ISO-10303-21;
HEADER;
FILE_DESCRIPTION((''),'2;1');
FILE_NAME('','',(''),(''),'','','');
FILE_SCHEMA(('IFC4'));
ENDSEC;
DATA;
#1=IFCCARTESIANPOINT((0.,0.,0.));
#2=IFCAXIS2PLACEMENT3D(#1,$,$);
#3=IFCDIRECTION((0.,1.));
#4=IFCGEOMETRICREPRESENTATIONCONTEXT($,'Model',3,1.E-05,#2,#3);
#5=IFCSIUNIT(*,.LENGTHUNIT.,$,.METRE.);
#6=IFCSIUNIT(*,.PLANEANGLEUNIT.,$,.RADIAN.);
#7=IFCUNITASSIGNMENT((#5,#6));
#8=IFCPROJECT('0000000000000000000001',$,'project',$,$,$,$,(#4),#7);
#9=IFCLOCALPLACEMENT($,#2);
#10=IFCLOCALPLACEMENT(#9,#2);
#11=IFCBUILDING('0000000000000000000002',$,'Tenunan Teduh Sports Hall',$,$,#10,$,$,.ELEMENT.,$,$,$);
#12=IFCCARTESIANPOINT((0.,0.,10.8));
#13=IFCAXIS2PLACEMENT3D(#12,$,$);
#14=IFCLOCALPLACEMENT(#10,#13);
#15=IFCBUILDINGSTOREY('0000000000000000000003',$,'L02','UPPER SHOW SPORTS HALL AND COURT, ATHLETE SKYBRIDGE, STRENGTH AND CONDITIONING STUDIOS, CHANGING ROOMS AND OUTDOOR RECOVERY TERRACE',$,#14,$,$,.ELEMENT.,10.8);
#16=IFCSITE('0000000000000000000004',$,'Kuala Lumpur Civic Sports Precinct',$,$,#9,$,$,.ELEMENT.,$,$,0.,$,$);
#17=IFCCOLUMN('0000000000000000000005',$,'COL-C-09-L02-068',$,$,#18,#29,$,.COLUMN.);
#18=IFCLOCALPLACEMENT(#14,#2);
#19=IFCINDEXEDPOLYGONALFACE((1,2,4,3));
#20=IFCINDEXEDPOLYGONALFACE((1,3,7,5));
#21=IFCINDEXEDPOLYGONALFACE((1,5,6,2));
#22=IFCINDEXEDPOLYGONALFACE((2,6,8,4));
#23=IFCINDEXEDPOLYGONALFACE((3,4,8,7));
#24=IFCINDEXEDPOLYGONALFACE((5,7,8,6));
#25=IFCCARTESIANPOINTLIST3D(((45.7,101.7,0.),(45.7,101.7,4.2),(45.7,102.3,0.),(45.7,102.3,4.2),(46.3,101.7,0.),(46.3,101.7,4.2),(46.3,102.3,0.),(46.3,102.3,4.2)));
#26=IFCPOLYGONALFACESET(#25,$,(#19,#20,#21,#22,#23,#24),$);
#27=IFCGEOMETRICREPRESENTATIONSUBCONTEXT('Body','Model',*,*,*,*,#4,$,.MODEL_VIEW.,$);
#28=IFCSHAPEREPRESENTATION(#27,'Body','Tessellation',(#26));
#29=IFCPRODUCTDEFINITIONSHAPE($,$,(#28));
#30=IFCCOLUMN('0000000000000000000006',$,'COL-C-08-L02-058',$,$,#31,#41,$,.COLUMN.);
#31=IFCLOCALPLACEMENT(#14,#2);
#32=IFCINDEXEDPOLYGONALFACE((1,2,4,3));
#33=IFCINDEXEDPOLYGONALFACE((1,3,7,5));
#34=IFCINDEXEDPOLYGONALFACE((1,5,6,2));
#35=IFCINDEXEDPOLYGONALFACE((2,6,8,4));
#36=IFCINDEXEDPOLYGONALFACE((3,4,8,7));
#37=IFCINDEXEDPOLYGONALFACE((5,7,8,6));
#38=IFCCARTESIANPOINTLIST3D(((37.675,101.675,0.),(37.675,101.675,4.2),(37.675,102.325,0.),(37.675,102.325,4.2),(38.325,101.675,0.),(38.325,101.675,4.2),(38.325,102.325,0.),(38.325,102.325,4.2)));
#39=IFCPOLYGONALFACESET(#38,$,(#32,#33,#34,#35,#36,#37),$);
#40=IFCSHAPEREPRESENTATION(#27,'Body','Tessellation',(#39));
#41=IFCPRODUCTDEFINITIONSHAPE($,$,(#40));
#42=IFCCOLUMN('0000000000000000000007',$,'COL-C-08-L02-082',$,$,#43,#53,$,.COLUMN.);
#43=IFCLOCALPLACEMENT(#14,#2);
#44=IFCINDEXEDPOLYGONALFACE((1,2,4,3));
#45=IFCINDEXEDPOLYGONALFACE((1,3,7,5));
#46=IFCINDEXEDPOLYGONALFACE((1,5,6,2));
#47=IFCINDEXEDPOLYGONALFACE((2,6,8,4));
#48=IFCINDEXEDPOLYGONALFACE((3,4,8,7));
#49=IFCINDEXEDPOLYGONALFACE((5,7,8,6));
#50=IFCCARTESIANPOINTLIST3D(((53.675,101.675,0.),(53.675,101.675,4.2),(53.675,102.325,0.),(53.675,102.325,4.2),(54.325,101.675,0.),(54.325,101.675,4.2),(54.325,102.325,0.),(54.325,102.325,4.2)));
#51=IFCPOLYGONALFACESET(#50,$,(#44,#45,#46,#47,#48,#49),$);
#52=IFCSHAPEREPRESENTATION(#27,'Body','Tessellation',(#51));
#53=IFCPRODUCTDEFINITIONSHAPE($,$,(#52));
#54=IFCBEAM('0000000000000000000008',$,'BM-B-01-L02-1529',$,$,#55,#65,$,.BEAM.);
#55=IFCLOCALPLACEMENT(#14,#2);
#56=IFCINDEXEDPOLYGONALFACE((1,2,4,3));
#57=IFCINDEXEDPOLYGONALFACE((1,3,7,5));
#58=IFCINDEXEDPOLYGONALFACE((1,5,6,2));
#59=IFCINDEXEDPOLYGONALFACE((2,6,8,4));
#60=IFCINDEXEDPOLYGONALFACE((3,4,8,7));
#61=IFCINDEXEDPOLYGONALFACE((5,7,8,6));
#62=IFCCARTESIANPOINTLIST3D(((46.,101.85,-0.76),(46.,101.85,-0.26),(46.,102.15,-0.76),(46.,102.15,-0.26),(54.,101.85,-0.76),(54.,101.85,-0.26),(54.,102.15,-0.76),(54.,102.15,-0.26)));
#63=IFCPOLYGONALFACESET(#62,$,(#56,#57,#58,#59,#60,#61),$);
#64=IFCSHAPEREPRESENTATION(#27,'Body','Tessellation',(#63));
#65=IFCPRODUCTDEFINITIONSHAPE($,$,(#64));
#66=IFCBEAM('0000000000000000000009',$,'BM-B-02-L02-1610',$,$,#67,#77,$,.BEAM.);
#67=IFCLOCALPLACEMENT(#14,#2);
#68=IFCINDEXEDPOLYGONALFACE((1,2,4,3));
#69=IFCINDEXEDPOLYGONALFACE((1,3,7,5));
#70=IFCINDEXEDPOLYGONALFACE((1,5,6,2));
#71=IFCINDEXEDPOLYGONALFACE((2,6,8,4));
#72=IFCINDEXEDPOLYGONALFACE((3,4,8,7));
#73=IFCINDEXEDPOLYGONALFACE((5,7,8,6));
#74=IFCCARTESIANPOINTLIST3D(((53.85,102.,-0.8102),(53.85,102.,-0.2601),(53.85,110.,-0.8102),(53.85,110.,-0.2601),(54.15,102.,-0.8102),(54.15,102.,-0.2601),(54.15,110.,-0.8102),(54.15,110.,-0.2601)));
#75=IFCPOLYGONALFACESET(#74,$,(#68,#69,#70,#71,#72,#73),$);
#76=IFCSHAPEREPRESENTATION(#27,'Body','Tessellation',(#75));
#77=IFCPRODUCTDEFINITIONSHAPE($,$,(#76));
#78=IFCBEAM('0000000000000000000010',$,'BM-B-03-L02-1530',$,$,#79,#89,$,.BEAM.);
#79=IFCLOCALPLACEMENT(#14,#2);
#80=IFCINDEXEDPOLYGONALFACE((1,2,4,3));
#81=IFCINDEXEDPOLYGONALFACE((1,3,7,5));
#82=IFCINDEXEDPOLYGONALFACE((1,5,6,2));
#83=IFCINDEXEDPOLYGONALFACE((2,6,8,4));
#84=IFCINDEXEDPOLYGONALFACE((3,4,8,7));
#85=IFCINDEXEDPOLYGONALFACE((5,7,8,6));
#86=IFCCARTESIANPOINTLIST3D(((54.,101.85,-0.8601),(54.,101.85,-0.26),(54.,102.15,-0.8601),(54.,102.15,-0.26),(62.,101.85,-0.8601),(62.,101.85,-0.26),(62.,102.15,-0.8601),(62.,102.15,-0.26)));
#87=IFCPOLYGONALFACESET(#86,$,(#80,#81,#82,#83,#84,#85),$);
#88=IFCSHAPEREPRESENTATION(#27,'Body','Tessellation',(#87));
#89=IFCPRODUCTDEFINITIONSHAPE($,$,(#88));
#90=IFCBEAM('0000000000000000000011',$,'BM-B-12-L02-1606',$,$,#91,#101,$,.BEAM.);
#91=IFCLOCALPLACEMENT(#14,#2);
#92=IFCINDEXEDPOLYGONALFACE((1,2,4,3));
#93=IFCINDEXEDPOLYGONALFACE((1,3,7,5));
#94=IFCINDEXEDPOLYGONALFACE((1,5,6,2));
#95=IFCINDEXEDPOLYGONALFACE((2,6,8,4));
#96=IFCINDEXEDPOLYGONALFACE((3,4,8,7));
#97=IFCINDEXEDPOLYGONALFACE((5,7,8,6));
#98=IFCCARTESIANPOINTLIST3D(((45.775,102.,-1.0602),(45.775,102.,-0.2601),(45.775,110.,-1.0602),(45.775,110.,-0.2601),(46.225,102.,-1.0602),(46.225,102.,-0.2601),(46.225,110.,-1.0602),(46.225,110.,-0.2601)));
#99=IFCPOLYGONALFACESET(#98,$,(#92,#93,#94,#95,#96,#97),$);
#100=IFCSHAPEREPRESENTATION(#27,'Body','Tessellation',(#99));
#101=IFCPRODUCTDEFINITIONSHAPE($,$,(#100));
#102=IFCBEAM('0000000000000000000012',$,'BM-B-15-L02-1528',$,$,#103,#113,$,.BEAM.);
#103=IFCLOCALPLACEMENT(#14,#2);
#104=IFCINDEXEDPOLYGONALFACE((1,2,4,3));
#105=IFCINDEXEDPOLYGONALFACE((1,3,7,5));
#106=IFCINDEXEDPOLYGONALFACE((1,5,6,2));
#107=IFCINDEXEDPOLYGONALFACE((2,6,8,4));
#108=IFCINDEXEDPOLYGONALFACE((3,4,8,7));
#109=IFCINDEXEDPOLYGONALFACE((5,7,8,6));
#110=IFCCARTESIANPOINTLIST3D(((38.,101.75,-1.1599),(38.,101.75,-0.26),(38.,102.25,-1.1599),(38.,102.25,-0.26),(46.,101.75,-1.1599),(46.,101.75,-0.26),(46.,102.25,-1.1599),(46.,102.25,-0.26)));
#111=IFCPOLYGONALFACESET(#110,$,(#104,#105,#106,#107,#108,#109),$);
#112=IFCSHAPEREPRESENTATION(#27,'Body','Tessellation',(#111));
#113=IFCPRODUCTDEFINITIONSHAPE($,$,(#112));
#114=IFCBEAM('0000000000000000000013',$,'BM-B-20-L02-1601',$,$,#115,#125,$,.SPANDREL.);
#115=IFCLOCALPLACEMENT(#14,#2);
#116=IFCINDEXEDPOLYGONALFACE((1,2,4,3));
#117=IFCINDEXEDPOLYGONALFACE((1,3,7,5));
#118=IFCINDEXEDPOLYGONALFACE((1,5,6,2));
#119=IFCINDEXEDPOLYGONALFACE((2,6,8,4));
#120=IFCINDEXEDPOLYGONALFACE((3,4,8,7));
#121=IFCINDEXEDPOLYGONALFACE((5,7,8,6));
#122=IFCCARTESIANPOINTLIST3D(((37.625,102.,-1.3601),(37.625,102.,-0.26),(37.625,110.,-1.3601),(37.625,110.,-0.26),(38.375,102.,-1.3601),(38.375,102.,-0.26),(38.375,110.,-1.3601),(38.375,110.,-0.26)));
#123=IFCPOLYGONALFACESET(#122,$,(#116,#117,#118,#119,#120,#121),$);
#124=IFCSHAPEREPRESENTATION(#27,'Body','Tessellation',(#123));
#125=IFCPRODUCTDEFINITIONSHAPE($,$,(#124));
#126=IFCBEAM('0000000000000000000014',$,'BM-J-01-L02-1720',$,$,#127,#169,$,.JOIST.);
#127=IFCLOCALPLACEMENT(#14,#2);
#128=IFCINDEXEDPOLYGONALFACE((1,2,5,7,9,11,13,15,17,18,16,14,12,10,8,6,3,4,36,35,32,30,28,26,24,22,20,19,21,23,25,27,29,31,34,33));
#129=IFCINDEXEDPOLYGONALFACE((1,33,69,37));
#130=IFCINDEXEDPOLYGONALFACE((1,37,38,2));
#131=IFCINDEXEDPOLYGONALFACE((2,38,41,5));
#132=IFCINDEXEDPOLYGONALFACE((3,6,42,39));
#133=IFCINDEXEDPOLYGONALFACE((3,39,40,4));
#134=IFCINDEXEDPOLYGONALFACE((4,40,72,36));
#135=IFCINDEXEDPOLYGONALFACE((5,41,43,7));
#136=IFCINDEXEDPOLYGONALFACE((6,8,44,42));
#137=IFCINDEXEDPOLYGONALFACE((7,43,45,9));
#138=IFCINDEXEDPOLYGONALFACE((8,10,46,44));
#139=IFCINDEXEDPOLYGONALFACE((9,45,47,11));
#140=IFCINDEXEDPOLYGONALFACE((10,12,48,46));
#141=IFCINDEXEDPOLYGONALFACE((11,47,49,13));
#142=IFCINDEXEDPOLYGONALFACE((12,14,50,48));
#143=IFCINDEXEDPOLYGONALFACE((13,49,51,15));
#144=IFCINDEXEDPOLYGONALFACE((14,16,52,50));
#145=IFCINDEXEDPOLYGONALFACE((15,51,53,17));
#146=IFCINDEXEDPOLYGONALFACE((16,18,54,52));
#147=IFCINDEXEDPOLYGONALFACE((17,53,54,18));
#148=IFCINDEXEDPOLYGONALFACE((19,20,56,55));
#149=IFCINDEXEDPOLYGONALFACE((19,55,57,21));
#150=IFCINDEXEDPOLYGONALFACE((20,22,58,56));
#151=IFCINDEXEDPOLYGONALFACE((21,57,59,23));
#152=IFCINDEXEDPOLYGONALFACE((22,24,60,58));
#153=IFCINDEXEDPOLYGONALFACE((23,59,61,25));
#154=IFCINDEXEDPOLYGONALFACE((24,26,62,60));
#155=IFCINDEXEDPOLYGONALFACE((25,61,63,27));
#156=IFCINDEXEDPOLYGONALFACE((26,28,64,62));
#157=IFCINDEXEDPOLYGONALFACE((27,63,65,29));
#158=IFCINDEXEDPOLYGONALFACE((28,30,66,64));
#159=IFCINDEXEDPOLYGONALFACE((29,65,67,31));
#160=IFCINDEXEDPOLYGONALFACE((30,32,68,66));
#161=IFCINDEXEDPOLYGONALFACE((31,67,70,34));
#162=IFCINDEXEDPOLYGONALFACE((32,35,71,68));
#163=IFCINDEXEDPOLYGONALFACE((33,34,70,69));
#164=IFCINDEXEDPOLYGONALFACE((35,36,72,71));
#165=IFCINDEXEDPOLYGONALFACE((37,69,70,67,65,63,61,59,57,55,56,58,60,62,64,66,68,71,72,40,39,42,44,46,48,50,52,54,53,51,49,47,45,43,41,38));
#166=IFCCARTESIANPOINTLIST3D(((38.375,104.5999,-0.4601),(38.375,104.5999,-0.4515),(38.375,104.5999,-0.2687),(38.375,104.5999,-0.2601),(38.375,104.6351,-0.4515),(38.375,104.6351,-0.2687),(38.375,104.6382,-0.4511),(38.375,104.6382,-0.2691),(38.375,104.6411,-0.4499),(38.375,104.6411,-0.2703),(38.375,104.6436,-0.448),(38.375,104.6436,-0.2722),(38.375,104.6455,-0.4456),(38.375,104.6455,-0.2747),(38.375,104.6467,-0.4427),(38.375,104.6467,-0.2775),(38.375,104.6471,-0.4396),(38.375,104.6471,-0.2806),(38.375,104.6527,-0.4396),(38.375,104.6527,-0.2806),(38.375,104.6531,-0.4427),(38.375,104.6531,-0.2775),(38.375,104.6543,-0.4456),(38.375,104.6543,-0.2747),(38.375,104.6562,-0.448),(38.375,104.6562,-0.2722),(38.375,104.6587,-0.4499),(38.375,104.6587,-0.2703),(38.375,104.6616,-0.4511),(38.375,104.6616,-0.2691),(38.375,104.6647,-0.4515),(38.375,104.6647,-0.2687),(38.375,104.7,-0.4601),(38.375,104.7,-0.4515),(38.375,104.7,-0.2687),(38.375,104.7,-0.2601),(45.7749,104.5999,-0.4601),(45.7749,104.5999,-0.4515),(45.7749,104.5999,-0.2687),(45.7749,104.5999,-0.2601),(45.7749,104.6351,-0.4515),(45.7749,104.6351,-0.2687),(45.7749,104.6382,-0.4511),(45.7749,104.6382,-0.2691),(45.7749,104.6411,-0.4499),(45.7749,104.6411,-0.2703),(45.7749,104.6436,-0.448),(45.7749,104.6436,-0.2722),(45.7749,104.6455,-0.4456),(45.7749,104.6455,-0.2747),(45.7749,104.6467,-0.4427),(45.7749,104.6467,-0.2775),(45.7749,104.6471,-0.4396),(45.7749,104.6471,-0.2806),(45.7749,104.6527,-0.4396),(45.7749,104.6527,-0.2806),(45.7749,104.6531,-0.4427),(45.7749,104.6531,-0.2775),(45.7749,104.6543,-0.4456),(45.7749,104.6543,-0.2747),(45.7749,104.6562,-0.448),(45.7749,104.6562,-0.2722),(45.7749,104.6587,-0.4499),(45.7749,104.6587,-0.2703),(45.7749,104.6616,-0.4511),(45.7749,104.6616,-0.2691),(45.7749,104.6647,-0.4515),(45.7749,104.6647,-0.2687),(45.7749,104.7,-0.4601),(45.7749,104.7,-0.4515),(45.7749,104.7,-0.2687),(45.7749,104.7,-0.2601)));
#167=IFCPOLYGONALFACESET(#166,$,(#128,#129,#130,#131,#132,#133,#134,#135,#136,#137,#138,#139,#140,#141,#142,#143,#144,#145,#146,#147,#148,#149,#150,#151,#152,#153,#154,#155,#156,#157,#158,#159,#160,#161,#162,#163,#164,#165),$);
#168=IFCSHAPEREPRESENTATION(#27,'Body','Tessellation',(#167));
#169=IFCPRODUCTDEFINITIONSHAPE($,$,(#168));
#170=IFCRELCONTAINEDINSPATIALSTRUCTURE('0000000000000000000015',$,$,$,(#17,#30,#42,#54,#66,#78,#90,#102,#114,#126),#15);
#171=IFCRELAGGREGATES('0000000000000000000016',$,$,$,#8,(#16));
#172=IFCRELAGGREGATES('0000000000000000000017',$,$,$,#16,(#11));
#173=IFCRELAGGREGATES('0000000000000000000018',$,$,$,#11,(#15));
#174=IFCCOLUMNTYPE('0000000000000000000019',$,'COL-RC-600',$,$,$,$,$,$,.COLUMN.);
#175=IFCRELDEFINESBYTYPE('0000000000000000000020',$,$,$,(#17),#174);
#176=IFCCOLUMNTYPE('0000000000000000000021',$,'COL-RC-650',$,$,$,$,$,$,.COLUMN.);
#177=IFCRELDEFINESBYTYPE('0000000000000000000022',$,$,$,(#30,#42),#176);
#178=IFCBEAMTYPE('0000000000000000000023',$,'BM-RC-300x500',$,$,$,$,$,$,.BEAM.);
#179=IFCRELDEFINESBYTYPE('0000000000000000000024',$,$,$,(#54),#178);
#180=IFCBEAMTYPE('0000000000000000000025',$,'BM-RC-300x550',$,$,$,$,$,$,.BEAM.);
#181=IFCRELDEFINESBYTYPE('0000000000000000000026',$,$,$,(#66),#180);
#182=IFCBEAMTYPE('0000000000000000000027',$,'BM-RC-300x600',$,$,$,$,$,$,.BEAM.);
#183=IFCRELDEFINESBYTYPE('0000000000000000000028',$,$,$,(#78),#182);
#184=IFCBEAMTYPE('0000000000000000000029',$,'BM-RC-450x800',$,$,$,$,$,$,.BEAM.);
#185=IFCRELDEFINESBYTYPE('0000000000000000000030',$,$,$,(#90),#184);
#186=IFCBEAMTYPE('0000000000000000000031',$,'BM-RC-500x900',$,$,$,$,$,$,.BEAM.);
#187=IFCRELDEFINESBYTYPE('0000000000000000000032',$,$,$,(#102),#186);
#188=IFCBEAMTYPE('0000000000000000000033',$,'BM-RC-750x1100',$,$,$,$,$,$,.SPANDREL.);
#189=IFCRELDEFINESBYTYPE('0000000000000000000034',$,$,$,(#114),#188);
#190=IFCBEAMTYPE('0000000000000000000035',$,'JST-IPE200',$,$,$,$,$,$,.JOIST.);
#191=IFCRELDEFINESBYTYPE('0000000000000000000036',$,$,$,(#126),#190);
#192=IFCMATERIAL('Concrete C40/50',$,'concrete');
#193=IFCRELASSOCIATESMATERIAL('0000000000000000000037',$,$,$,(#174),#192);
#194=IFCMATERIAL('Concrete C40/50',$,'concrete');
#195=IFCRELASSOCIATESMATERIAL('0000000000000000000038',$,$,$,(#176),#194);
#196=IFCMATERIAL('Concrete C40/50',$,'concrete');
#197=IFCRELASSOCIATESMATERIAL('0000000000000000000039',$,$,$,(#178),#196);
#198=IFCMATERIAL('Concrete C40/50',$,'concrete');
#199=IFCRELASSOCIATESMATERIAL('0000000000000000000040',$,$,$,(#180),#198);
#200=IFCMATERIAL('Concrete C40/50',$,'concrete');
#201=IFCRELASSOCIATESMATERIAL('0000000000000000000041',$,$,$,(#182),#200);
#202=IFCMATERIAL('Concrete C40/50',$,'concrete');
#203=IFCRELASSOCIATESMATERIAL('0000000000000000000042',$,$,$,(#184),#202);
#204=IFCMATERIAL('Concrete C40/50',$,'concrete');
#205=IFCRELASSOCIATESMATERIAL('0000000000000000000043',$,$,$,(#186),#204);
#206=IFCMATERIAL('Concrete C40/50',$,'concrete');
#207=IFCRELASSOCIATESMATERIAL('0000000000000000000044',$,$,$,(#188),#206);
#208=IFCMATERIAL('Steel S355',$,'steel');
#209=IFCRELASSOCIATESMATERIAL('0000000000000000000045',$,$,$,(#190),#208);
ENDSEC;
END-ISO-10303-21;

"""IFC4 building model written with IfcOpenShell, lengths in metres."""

from ifc_helpers import new_model, si_unit, direction, frame, origin, origin_2d, place, context, subcontext, project, spatial, rectangle, i_section, extrude, material, material_profile, profile_set, type_object, element, save


model = new_model("IFC4")

# Units and contexts
model_context = context("Model", 3, precision=1e-05, world=origin(), true_north=direction((0.0, 1.0)))
body_context = subcontext(model_context, "Body", "Model", "MODEL_VIEW")
ifc_project = project(units=[si_unit("LENGTHUNIT", "METRE"), si_unit("PLANEANGLEUNIT", "RADIAN")], contexts=[model_context])

# Site, building, storey
site_placement = place(None, origin())
site = spatial("IfcSite", under=ifc_project, at=site_placement, Name="Kuala Lumpur Civic Sports Precinct", CompositionType="ELEMENT", RefElevation=0.0)
building_placement = place(site_placement, origin())
building = spatial("IfcBuilding", under=site, at=building_placement, Name="Tenunan Teduh Sports Hall", CompositionType="ELEMENT")
storey_placement = place(building_placement, frame((0.0, 0.0, 10.8)))
storey = spatial("IfcBuildingStorey", under=building, at=storey_placement, Name="L02", Description="UPPER SHOW SPORTS HALL AND COURT, ATHLETE SKYBRIDGE, STRENGTH AND CONDITIONING STUDIOS, CHANGING ROOMS AND OUTDOOR RECOVERY TERRACE", CompositionType="ELEMENT", Elevation=10.8)

# Columns
ifc_material_1 = material(Name="Concrete C40/50", Category="concrete")
ifc_material_profile_1 = material_profile(ifc_material_1, rectangle(XDim=0.6001, YDim=0.6001, at=origin_2d()), Name="RC 600x600")
ifc_profile_set_1 = profile_set([ifc_material_profile_1], Name="Concrete C40/50")
column_type_1 = type_object("IfcColumnType", Name="COL-RC-600", PredefinedType="COLUMN", material=ifc_profile_set_1)
column_placement = place(storey_placement, frame((46.0, 102.0, 0.0), z_axis=(0.0, 0.0, 1.0), x_axis=(1.0, 0.0, 0.0)))
element("IfcColumn", 1, at=column_placement, inside=storey, type_object=column_type_1, Name="COL-C-09-L02-068", PredefinedType="COLUMN", context=body_context, shape_type="SweptSolid", body=[
    extrude(rectangle(XDim=0.6001, YDim=0.6001, at=origin_2d()), origin(), (0.0, 0.0, 1.0), 4.2),
])
ifc_material_2 = material(Name="Concrete C40/50", Category="concrete")
ifc_material_profile_2 = material_profile(ifc_material_2, rectangle(XDim=0.6499, YDim=0.6499, at=origin_2d()), Name="RC 650x650")
ifc_profile_set_2 = profile_set([ifc_material_profile_2], Name="Concrete C40/50")
column_type_2 = type_object("IfcColumnType", Name="COL-RC-650", PredefinedType="COLUMN", material=ifc_profile_set_2)
for number, where, z_axis, x_axis, name in (
    (2, (38.0, 102.0, 0.0), (0.0, 0.0, 1.0), (1.0, 0.0, 0.0), "COL-C-08-L02-058"),
    (3, (54.0, 102.0, 0.0), (0.0, 0.0, 1.0), (1.0, 0.0, 0.0), "COL-C-08-L02-082"),
):
    element("IfcColumn", number, at=place(storey_placement, frame(where, z_axis=z_axis, x_axis=x_axis)), inside=storey, type_object=column_type_2, Name=name, PredefinedType="COLUMN", context=body_context, shape_type="SweptSolid", body=[
        extrude(rectangle(XDim=0.6499, YDim=0.6499, at=origin_2d()), origin(), (0.0, 0.0, 1.0), 4.2),
    ])

# Beams
ifc_material_3 = material(Name="Concrete C40/50", Category="concrete")
ifc_material_profile_3 = material_profile(ifc_material_3, rectangle(XDim=0.3, YDim=0.5, at=origin_2d()), Name="RCB 300x500")
ifc_profile_set_3 = profile_set([ifc_material_profile_3], Name="Concrete C40/50")
beam_type_1 = type_object("IfcBeamType", Name="BM-RC-300x500", PredefinedType="BEAM", material=ifc_profile_set_3)
beam_1_placement = place(storey_placement, frame((46.0, 102.0, -0.51), z_axis=(1.0, 0.0, 0.0), x_axis=(0.0, 1.0, 0.0)))
element("IfcBeam", 4, at=beam_1_placement, inside=storey, type_object=beam_type_1, Name="BM-B-01-L02-1529", PredefinedType="BEAM", context=body_context, shape_type="SweptSolid", body=[
    extrude(rectangle(XDim=0.3, YDim=0.5, at=origin_2d()), origin(), (0.0, 0.0, 1.0), 8.0),
])
ifc_material_4 = material(Name="Concrete C40/50", Category="concrete")
ifc_material_profile_4 = material_profile(ifc_material_4, rectangle(XDim=0.3, YDim=0.55, at=origin_2d()), Name="RCB 300x550")
ifc_profile_set_4 = profile_set([ifc_material_profile_4], Name="Concrete C40/50")
beam_type_2 = type_object("IfcBeamType", Name="BM-RC-300x550", PredefinedType="BEAM", material=ifc_profile_set_4)
beam_2_placement = place(storey_placement, frame((54.0, 102.0, -0.5352), z_axis=(0.0, 1.0, 0.0), x_axis=(-1.0, 0.0, 0.0)))
element("IfcBeam", 5, at=beam_2_placement, inside=storey, type_object=beam_type_2, Name="BM-B-02-L02-1610", PredefinedType="BEAM", context=body_context, shape_type="SweptSolid", body=[
    extrude(rectangle(XDim=0.3, YDim=0.55, at=origin_2d()), origin(), (0.0, 0.0, 1.0), 8.0),
])
ifc_material_5 = material(Name="Concrete C40/50", Category="concrete")
ifc_material_profile_5 = material_profile(ifc_material_5, rectangle(XDim=0.3, YDim=0.6001, at=origin_2d()), Name="RCB 300x600")
ifc_profile_set_5 = profile_set([ifc_material_profile_5], Name="Concrete C40/50")
beam_type_3 = type_object("IfcBeamType", Name="BM-RC-300x600", PredefinedType="BEAM", material=ifc_profile_set_5)
beam_3_placement = place(storey_placement, frame((54.0, 102.0, -0.5601), z_axis=(1.0, 0.0, 0.0), x_axis=(0.0, 1.0, 0.0)))
element("IfcBeam", 6, at=beam_3_placement, inside=storey, type_object=beam_type_3, Name="BM-B-03-L02-1530", PredefinedType="BEAM", context=body_context, shape_type="SweptSolid", body=[
    extrude(rectangle(XDim=0.3, YDim=0.6001, at=origin_2d()), origin(), (0.0, 0.0, 1.0), 8.0),
])
ifc_material_6 = material(Name="Concrete C40/50", Category="concrete")
ifc_material_profile_6 = material_profile(ifc_material_6, rectangle(XDim=0.45, YDim=0.8, at=origin_2d()), Name="RCB 450x800")
ifc_profile_set_6 = profile_set([ifc_material_profile_6], Name="Concrete C40/50")
beam_type_4 = type_object("IfcBeamType", Name="BM-RC-450x800", PredefinedType="BEAM", material=ifc_profile_set_6)
beam_4_placement = place(storey_placement, frame((46.0, 102.0, -0.6602), z_axis=(0.0, 1.0, 0.0), x_axis=(-1.0, 0.0, 0.0)))
element("IfcBeam", 7, at=beam_4_placement, inside=storey, type_object=beam_type_4, Name="BM-B-12-L02-1606", PredefinedType="BEAM", context=body_context, shape_type="SweptSolid", body=[
    extrude(rectangle(XDim=0.45, YDim=0.8, at=origin_2d()), origin(), (0.0, 0.0, 1.0), 8.0),
])
ifc_material_7 = material(Name="Concrete C40/50", Category="concrete")
ifc_material_profile_7 = material_profile(ifc_material_7, rectangle(XDim=0.5, YDim=0.8999, at=origin_2d()), Name="RCB 500x900")
ifc_profile_set_7 = profile_set([ifc_material_profile_7], Name="Concrete C40/50")
beam_type_5 = type_object("IfcBeamType", Name="BM-RC-500x900", PredefinedType="BEAM", material=ifc_profile_set_7)
beam_5_placement = place(storey_placement, frame((38.0, 102.0, -0.71), z_axis=(1.0, 0.0, 0.0), x_axis=(0.0, 1.0, 0.0)))
element("IfcBeam", 8, at=beam_5_placement, inside=storey, type_object=beam_type_5, Name="BM-B-15-L02-1528", PredefinedType="BEAM", context=body_context, shape_type="SweptSolid", body=[
    extrude(rectangle(XDim=0.5, YDim=0.8999, at=origin_2d()), origin(), (0.0, 0.0, 1.0), 8.0),
])
ifc_material_8 = material(Name="Concrete C40/50", Category="concrete")
ifc_material_profile_8 = material_profile(ifc_material_8, rectangle(XDim=0.75, YDim=1.1001, at=origin_2d()), Name="RCB 750x1100")
ifc_profile_set_8 = profile_set([ifc_material_profile_8], Name="Concrete C40/50")
beam_type_6 = type_object("IfcBeamType", Name="BM-RC-750x1100", PredefinedType="SPANDREL", material=ifc_profile_set_8)
beam_6_placement = place(storey_placement, frame((38.0, 102.0, -0.8101), z_axis=(0.0, 1.0, 0.0), x_axis=(-1.0, 0.0, 0.0)))
element("IfcBeam", 9, at=beam_6_placement, inside=storey, type_object=beam_type_6, Name="BM-B-20-L02-1601", PredefinedType="SPANDREL", context=body_context, shape_type="SweptSolid", body=[
    extrude(rectangle(XDim=0.75, YDim=1.1001, at=origin_2d()), origin(), (0.0, 0.0, 1.0), 8.0),
])
ifc_material_9 = material(Name="Steel S355", Category="steel")
ifc_material_profile_9 = material_profile(ifc_material_9, i_section(OverallWidth=0.1001, OverallDepth=0.2, WebThickness=0.0056, FlangeThickness=0.0085, FilletRadius=0.012, at=origin_2d()), Name="IPE 200")
ifc_profile_set_9 = profile_set([ifc_material_profile_9], Name="Steel S355")
beam_type_7 = type_object("IfcBeamType", Name="JST-IPE200", PredefinedType="JOIST", material=ifc_profile_set_9)
beam_7_placement = place(storey_placement, frame((38.375, 104.6499, -0.3601), z_axis=(1.0, 0.0, 0.0), x_axis=(0.0, 1.0, 0.0)))
element("IfcBeam", 10, at=beam_7_placement, inside=storey, type_object=beam_type_7, Name="BM-J-01-L02-1720", PredefinedType="JOIST", context=body_context, shape_type="SweptSolid", body=[
    extrude(i_section(OverallWidth=0.1001, OverallDepth=0.2, WebThickness=0.0056, FlangeThickness=0.0085, FilletRadius=0.012, at=origin_2d()), origin(), (0.0, 0.0, 1.0), 7.3999),
])

save(model, "model.ifc")
